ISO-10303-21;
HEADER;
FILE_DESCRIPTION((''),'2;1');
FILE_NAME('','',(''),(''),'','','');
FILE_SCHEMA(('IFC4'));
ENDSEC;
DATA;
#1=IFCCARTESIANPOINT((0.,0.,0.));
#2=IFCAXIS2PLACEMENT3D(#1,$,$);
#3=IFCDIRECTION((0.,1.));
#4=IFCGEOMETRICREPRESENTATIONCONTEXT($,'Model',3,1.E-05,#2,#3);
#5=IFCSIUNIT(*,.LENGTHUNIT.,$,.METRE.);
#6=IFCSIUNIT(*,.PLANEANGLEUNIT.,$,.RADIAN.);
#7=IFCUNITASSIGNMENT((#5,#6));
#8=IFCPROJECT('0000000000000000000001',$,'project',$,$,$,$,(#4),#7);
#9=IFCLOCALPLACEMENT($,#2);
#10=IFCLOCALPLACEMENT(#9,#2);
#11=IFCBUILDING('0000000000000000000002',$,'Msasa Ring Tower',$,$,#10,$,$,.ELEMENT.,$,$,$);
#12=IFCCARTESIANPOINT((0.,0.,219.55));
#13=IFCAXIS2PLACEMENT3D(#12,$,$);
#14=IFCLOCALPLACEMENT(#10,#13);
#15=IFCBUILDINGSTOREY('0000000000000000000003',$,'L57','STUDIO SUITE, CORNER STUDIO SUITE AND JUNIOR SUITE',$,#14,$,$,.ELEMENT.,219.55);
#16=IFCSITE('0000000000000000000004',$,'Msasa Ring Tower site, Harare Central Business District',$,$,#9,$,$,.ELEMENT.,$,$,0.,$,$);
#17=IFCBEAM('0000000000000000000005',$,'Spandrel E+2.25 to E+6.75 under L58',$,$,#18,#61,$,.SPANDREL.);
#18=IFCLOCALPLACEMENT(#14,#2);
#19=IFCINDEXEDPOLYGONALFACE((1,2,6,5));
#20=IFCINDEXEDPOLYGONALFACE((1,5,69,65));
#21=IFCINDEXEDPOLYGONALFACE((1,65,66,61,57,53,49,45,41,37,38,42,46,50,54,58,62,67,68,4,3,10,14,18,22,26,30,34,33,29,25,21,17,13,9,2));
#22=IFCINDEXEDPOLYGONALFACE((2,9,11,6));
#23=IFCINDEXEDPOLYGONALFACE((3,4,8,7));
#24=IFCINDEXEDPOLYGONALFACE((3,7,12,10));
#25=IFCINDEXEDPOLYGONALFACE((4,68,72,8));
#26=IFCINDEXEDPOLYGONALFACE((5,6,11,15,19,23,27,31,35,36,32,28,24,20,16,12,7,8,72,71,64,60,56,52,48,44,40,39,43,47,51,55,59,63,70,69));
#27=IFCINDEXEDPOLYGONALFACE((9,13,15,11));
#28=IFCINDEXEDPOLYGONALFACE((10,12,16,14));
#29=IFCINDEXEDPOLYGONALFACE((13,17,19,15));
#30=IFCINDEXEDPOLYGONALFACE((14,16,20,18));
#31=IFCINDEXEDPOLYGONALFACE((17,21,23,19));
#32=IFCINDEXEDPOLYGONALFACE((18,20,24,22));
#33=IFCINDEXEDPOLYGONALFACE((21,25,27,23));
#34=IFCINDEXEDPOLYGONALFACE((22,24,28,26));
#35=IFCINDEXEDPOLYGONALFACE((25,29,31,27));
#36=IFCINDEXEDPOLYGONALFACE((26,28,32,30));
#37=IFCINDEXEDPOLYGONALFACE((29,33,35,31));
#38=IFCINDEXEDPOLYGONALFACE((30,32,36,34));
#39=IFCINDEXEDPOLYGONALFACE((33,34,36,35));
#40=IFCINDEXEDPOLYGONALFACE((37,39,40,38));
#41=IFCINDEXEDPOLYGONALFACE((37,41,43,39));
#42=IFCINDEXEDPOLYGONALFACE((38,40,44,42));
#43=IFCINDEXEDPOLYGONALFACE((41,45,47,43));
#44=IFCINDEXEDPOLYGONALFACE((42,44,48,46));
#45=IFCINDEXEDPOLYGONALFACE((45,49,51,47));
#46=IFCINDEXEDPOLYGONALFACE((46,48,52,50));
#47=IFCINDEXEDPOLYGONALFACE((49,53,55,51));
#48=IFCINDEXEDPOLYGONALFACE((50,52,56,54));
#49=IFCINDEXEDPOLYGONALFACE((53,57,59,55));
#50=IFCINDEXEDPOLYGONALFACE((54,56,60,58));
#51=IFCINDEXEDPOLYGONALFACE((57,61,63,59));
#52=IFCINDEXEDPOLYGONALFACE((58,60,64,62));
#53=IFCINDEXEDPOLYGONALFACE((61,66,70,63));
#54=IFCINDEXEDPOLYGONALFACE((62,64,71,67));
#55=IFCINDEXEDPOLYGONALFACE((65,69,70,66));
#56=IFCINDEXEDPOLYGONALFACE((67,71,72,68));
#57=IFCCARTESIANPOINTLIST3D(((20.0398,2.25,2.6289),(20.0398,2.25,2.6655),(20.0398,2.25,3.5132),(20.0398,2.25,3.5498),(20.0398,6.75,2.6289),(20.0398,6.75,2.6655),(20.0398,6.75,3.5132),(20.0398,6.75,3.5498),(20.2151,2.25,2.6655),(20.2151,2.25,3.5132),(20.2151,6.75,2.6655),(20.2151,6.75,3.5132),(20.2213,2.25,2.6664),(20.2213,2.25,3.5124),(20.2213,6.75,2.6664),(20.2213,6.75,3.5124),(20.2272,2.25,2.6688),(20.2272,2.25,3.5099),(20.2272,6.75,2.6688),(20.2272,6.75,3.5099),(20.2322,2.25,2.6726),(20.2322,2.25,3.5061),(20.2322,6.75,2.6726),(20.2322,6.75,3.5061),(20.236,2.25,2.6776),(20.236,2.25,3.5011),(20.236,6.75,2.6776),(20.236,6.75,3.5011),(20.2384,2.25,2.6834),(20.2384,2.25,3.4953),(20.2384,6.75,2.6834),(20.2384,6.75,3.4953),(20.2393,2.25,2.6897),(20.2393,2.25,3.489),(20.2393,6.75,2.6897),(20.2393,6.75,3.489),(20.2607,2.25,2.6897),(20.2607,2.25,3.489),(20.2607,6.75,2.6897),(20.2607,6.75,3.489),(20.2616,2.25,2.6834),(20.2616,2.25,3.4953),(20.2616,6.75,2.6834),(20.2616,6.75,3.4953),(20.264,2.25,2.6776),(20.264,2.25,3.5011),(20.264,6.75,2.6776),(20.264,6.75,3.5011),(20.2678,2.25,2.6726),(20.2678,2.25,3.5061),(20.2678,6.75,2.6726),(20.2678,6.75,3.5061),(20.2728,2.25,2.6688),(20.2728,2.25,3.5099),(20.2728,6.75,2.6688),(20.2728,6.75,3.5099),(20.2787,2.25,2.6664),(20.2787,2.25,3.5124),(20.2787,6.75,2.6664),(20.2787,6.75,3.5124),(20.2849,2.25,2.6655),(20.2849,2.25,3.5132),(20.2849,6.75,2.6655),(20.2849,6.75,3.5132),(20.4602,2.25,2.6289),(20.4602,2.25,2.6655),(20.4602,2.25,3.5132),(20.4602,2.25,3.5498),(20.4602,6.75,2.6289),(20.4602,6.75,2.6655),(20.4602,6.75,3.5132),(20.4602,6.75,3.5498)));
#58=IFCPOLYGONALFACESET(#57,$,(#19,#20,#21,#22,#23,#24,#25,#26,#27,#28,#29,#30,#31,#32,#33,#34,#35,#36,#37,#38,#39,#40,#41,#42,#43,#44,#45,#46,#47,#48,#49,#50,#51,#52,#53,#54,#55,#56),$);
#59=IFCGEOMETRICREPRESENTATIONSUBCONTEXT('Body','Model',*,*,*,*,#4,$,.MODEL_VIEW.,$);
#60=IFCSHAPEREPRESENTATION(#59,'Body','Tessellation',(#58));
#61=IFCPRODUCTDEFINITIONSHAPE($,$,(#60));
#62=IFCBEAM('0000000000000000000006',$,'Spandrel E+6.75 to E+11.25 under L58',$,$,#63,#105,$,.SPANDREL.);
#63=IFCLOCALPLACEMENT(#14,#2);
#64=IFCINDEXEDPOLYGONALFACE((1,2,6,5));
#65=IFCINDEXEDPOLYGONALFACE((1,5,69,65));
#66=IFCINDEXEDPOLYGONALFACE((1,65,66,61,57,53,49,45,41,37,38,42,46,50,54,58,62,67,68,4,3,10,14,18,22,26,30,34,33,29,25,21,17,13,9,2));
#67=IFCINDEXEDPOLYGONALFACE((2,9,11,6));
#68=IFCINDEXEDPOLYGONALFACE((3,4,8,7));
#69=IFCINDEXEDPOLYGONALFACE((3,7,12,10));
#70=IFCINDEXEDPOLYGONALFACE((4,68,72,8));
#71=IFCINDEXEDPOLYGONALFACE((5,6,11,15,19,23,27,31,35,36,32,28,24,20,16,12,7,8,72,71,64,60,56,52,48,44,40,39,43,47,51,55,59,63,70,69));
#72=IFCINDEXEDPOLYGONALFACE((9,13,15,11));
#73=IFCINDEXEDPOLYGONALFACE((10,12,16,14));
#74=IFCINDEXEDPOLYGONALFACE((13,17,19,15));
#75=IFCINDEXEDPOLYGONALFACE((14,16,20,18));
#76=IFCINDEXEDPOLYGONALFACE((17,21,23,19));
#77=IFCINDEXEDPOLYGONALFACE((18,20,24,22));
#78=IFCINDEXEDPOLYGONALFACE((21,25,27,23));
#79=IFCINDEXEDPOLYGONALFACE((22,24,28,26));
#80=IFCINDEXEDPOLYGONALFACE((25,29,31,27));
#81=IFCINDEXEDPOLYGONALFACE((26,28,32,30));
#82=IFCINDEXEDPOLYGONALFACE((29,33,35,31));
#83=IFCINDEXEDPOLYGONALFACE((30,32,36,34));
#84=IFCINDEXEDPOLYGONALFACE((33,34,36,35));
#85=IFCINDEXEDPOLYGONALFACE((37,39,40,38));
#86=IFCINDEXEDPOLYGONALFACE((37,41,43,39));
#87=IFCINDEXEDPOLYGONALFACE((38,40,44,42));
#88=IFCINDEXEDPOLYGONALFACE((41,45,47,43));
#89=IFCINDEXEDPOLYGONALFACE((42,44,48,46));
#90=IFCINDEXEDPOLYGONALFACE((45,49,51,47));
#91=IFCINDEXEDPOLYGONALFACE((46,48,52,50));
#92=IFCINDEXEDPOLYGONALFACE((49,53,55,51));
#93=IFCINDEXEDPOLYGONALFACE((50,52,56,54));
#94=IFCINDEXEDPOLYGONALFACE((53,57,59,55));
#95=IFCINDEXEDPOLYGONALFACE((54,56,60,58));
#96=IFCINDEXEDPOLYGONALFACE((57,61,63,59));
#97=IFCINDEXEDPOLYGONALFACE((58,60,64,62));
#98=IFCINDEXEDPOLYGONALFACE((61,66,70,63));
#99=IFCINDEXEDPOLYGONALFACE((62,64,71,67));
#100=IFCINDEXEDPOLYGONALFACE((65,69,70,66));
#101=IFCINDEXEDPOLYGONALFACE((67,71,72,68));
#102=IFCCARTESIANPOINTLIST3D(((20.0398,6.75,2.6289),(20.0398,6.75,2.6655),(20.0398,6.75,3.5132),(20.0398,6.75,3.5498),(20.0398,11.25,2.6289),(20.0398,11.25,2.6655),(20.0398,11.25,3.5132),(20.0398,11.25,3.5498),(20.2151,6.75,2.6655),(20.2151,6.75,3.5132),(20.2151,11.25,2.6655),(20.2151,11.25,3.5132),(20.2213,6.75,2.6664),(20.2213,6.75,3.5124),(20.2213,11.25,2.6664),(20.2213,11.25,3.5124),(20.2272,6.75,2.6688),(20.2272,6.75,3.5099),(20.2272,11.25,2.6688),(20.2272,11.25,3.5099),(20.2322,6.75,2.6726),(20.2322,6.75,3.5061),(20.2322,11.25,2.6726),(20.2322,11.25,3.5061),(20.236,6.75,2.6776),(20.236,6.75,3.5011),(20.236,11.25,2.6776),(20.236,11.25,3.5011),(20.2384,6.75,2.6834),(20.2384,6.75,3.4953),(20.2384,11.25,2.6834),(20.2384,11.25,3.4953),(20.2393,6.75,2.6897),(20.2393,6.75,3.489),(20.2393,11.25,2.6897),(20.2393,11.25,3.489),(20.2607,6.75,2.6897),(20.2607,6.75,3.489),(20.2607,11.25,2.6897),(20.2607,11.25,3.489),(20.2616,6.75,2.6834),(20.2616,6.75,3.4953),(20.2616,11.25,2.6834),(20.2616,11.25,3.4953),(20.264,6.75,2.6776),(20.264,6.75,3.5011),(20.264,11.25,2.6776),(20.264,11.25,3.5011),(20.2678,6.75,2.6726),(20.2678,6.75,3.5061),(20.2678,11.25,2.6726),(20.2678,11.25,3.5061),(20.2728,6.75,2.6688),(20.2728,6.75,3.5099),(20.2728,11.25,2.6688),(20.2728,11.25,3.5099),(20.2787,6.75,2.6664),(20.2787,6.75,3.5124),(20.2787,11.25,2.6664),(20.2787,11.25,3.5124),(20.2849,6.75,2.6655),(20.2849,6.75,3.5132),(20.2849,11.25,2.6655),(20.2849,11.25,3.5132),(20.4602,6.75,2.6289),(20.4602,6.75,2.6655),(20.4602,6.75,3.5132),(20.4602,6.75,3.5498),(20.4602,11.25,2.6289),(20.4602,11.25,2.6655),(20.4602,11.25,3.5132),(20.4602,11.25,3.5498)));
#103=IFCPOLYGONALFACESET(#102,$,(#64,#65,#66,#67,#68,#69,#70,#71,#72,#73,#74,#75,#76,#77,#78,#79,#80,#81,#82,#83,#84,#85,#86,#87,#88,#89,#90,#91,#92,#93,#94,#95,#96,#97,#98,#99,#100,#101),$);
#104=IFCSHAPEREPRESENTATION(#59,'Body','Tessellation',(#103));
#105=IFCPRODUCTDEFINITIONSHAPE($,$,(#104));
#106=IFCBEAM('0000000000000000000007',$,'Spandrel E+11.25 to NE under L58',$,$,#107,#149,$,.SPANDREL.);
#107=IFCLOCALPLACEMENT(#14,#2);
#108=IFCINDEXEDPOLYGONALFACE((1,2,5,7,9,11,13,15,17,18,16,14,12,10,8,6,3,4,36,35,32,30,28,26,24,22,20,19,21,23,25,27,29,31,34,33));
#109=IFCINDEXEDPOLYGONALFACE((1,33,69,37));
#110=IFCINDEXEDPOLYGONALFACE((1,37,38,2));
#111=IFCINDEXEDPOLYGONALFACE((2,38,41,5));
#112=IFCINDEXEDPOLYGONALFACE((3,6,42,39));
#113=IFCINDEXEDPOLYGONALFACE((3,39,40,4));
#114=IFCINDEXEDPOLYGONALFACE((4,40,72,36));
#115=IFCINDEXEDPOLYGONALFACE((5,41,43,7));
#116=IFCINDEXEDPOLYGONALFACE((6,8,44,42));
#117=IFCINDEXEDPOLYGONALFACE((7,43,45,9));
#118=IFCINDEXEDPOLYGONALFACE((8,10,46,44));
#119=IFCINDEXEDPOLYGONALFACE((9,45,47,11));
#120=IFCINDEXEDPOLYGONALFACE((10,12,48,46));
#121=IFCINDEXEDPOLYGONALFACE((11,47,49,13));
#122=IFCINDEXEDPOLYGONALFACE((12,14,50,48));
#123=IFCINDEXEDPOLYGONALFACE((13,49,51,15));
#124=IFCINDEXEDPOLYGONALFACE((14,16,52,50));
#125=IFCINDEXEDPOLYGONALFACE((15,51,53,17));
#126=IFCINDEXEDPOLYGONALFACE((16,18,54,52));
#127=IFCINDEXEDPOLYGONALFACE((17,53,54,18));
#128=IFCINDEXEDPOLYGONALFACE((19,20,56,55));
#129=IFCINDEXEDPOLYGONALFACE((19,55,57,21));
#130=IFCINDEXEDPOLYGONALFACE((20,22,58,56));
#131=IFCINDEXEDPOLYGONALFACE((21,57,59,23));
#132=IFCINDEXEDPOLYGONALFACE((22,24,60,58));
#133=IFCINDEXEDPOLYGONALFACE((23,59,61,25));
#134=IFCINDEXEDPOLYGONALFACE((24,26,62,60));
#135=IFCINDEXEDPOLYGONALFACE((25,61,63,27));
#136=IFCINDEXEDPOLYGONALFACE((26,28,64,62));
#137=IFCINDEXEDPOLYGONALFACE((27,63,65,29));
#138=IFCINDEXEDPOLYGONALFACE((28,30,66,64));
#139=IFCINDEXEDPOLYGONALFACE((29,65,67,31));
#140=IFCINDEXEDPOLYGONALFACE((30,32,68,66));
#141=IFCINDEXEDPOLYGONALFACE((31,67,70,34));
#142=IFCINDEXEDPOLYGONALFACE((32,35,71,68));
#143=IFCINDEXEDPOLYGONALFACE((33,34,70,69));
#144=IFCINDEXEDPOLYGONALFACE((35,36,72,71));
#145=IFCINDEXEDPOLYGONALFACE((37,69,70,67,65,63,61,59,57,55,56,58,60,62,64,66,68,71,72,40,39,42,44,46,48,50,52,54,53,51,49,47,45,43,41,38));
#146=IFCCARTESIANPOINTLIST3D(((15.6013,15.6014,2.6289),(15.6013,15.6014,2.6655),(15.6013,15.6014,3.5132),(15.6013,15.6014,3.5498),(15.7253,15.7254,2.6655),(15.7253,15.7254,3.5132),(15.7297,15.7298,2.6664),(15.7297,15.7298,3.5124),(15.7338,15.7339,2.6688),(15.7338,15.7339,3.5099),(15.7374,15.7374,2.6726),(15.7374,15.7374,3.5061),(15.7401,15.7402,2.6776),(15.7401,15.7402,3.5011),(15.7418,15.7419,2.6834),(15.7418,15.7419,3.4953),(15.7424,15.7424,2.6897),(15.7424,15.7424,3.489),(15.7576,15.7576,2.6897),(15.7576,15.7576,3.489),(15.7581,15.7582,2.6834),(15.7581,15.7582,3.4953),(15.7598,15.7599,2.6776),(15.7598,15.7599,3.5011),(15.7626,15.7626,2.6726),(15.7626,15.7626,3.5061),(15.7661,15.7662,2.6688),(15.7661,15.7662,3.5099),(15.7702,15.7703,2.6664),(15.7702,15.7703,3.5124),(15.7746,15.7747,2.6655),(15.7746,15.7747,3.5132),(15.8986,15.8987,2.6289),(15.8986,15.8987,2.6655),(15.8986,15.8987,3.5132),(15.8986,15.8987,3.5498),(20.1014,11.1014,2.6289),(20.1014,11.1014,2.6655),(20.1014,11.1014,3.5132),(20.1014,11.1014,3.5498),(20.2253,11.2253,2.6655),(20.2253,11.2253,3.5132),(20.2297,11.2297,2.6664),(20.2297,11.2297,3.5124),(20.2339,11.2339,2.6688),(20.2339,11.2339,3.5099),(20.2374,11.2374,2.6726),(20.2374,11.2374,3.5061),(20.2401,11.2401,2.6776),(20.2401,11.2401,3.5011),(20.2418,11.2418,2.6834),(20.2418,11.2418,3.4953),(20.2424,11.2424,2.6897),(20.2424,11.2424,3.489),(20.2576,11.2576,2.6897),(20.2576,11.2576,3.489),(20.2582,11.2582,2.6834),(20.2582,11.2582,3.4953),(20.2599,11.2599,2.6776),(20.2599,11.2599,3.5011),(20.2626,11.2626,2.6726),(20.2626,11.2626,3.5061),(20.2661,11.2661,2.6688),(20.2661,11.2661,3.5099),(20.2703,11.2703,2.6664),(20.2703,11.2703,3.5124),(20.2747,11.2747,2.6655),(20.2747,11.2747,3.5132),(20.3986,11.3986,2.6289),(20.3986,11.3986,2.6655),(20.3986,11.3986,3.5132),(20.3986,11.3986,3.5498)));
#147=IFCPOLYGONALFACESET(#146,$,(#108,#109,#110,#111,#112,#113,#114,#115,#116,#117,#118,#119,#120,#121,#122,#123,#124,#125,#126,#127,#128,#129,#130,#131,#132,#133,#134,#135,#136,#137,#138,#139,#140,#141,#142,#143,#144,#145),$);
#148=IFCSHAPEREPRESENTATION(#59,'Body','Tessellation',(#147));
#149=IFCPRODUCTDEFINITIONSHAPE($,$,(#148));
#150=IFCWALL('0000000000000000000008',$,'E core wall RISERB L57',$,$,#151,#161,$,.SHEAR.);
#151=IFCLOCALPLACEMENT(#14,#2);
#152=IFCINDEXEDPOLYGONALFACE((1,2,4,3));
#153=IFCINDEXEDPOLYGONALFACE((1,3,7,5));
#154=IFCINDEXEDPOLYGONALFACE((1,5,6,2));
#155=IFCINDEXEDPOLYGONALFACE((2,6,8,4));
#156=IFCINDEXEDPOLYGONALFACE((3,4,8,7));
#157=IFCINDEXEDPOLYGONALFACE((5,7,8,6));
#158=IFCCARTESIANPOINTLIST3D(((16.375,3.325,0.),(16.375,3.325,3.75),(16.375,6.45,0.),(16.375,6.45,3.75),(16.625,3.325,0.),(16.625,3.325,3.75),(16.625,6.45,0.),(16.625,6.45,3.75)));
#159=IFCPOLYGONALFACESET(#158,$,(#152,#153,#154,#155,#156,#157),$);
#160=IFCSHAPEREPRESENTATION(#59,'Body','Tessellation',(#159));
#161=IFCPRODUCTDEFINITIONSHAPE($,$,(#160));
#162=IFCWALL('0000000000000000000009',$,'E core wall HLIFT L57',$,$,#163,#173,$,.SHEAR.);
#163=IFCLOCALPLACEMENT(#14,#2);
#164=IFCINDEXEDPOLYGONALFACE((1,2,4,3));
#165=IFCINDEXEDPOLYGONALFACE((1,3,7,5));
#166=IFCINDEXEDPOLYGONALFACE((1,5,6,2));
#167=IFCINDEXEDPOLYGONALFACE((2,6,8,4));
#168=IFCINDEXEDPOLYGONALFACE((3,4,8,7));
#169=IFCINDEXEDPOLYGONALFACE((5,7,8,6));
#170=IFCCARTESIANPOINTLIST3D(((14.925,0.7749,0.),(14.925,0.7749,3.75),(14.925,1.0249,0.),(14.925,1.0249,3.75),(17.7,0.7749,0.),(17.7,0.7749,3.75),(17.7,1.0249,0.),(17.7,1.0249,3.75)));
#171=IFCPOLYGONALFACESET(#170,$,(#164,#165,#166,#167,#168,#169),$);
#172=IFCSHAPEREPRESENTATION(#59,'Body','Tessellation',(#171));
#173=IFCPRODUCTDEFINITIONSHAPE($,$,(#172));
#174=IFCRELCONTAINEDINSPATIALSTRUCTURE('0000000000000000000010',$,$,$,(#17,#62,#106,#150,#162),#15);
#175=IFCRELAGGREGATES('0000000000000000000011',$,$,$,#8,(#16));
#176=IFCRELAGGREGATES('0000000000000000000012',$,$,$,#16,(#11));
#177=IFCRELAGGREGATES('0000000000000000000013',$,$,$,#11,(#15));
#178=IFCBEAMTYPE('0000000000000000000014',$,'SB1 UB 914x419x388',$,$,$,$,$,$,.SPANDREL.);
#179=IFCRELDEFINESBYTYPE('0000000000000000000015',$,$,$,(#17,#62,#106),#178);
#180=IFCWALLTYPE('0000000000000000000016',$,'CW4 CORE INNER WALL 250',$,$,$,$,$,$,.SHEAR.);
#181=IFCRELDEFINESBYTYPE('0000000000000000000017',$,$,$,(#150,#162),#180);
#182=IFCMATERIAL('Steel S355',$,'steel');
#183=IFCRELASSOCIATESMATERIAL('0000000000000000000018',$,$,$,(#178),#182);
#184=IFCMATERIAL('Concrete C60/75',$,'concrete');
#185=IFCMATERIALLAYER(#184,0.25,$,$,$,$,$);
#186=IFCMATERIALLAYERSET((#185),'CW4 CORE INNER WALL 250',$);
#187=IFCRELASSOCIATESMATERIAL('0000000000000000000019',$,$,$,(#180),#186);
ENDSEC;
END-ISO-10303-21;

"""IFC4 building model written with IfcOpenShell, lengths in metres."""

from ifc_helpers import new_model, si_unit, direction, frame, frame_2d, origin, origin_2d, place, context, subcontext, project, spatial, rectangle, i_section, extrude, material, layer, layer_set, material_profile, profile_set, type_object, element, save


model = new_model("IFC4")

# Units and contexts
model_context = context("Model", 3, precision=1e-05, world=origin(), true_north=direction((0.0, 1.0)))
body_context = subcontext(model_context, "Body", "Model", "MODEL_VIEW")
ifc_project = project(units=[si_unit("LENGTHUNIT", "METRE"), si_unit("PLANEANGLEUNIT", "RADIAN")], contexts=[model_context])

# Site, building, storey
site_placement = place(None, origin())
site = spatial("IfcSite", under=ifc_project, at=site_placement, Name="Msasa Ring Tower site, Harare Central Business District", CompositionType="ELEMENT", RefElevation=0.0)
building_placement = place(site_placement, origin())
building = spatial("IfcBuilding", under=site, at=building_placement, Name="Msasa Ring Tower", CompositionType="ELEMENT")
storey_placement = place(building_placement, frame((0.0, 0.0, 219.55)))
storey = spatial("IfcBuildingStorey", under=building, at=storey_placement, Name="L57", Description="STUDIO SUITE, CORNER STUDIO SUITE AND JUNIOR SUITE", CompositionType="ELEMENT", Elevation=219.55)

# Beams
ifc_material_1 = material(Name="Steel S355", Category="steel")
ifc_material_profile_1 = material_profile(ifc_material_1, i_section(OverallWidth=0.4204, OverallDepth=0.9209, WebThickness=0.0215, FlangeThickness=0.0366, FilletRadius=0.0242, at=origin_2d()), Name="UB 914x419x388")
ifc_profile_set_1 = profile_set([ifc_material_profile_1], Name="Steel S355")
beam_type_1 = type_object("IfcBeamType", Name="SB1 UB 914x419x388", PredefinedType="SPANDREL", material=ifc_profile_set_1)
for number, where, z_axis, x_axis, name in (
    (1, (20.25, 2.25, 3.0894), (0.0, 1.0, 0.0), (-1.0, 0.0, 0.0), "Spandrel E+2.25 to E+6.75 under L58"),
    (2, (20.25, 6.75, 3.0894), (0.0, 1.0, 0.0), (-1.0, 0.0, 0.0), "Spandrel E+6.75 to E+11.25 under L58"),
):
    element("IfcBeam", number, at=place(storey_placement, frame(where, z_axis=z_axis, x_axis=x_axis)), inside=storey, type_object=beam_type_1, Name=name, PredefinedType="SPANDREL", context=body_context, shape_type="SweptSolid", body=[
        extrude(i_section(OverallWidth=0.4204, OverallDepth=0.9209, WebThickness=0.0215, FlangeThickness=0.0366, FilletRadius=0.0242, at=origin_2d()), origin(), (0.0, 0.0, 1.0), 4.5),
    ])
beam_1_placement = place(storey_placement, frame((20.25, 11.25, 3.0894), z_axis=(-0.707107, 0.707107, 0.0), x_axis=(-0.707107, -0.707107, 0.0)))
element("IfcBeam", 3, at=beam_1_placement, inside=storey, type_object=beam_type_1, Name="Spandrel E+11.25 to NE under L58", PredefinedType="SPANDREL", context=body_context, shape_type="SweptSolid", body=[
    extrude(i_section(OverallWidth=0.4204, OverallDepth=0.9209, WebThickness=0.0215, FlangeThickness=0.0366, FilletRadius=0.0242, at=origin_2d()), origin(), (0.0, 0.0, 1.0), 6.364),
])

# Walls
ifc_material_2 = material(Name="Concrete C60/75", Category="concrete")
ifc_layer_1 = layer(ifc_material_2, 0.25)
ifc_layer_set_1 = layer_set([ifc_layer_1], Name="CW4 CORE INNER WALL 250")
wall_type_1 = type_object("IfcWallType", Name="CW4 CORE INNER WALL 250", PredefinedType="SHEAR", material=ifc_layer_set_1)
wall_1_placement = place(storey_placement, frame((16.5, 3.325, 0.0), z_axis=(0.0, 0.0, 1.0), x_axis=(0.0, 1.0, 0.0)))
element("IfcWall", 4, at=wall_1_placement, inside=storey, type_object=wall_type_1, Name="E core wall RISERB L57", PredefinedType="SHEAR", context=body_context, shape_type="SweptSolid", body=[
    extrude(rectangle(XDim=3.125, YDim=0.25, at=frame_2d((1.5625, 0.0))), origin(), (0.0, 0.0, 1.0), 3.75),
])
wall_2_placement = place(storey_placement, frame((14.925, 0.8999, 0.0), z_axis=(0.0, 0.0, 1.0), x_axis=(1.0, 0.0, 0.0)))
element("IfcWall", 5, at=wall_2_placement, inside=storey, type_object=wall_type_1, Name="E core wall HLIFT L57", PredefinedType="SHEAR", context=body_context, shape_type="SweptSolid", body=[
    extrude(rectangle(XDim=2.7749, YDim=0.25, at=frame_2d((1.3875, 0.0))), origin(), (0.0, 0.0, 1.0), 3.75),
])

save(model, "model.ifc")
